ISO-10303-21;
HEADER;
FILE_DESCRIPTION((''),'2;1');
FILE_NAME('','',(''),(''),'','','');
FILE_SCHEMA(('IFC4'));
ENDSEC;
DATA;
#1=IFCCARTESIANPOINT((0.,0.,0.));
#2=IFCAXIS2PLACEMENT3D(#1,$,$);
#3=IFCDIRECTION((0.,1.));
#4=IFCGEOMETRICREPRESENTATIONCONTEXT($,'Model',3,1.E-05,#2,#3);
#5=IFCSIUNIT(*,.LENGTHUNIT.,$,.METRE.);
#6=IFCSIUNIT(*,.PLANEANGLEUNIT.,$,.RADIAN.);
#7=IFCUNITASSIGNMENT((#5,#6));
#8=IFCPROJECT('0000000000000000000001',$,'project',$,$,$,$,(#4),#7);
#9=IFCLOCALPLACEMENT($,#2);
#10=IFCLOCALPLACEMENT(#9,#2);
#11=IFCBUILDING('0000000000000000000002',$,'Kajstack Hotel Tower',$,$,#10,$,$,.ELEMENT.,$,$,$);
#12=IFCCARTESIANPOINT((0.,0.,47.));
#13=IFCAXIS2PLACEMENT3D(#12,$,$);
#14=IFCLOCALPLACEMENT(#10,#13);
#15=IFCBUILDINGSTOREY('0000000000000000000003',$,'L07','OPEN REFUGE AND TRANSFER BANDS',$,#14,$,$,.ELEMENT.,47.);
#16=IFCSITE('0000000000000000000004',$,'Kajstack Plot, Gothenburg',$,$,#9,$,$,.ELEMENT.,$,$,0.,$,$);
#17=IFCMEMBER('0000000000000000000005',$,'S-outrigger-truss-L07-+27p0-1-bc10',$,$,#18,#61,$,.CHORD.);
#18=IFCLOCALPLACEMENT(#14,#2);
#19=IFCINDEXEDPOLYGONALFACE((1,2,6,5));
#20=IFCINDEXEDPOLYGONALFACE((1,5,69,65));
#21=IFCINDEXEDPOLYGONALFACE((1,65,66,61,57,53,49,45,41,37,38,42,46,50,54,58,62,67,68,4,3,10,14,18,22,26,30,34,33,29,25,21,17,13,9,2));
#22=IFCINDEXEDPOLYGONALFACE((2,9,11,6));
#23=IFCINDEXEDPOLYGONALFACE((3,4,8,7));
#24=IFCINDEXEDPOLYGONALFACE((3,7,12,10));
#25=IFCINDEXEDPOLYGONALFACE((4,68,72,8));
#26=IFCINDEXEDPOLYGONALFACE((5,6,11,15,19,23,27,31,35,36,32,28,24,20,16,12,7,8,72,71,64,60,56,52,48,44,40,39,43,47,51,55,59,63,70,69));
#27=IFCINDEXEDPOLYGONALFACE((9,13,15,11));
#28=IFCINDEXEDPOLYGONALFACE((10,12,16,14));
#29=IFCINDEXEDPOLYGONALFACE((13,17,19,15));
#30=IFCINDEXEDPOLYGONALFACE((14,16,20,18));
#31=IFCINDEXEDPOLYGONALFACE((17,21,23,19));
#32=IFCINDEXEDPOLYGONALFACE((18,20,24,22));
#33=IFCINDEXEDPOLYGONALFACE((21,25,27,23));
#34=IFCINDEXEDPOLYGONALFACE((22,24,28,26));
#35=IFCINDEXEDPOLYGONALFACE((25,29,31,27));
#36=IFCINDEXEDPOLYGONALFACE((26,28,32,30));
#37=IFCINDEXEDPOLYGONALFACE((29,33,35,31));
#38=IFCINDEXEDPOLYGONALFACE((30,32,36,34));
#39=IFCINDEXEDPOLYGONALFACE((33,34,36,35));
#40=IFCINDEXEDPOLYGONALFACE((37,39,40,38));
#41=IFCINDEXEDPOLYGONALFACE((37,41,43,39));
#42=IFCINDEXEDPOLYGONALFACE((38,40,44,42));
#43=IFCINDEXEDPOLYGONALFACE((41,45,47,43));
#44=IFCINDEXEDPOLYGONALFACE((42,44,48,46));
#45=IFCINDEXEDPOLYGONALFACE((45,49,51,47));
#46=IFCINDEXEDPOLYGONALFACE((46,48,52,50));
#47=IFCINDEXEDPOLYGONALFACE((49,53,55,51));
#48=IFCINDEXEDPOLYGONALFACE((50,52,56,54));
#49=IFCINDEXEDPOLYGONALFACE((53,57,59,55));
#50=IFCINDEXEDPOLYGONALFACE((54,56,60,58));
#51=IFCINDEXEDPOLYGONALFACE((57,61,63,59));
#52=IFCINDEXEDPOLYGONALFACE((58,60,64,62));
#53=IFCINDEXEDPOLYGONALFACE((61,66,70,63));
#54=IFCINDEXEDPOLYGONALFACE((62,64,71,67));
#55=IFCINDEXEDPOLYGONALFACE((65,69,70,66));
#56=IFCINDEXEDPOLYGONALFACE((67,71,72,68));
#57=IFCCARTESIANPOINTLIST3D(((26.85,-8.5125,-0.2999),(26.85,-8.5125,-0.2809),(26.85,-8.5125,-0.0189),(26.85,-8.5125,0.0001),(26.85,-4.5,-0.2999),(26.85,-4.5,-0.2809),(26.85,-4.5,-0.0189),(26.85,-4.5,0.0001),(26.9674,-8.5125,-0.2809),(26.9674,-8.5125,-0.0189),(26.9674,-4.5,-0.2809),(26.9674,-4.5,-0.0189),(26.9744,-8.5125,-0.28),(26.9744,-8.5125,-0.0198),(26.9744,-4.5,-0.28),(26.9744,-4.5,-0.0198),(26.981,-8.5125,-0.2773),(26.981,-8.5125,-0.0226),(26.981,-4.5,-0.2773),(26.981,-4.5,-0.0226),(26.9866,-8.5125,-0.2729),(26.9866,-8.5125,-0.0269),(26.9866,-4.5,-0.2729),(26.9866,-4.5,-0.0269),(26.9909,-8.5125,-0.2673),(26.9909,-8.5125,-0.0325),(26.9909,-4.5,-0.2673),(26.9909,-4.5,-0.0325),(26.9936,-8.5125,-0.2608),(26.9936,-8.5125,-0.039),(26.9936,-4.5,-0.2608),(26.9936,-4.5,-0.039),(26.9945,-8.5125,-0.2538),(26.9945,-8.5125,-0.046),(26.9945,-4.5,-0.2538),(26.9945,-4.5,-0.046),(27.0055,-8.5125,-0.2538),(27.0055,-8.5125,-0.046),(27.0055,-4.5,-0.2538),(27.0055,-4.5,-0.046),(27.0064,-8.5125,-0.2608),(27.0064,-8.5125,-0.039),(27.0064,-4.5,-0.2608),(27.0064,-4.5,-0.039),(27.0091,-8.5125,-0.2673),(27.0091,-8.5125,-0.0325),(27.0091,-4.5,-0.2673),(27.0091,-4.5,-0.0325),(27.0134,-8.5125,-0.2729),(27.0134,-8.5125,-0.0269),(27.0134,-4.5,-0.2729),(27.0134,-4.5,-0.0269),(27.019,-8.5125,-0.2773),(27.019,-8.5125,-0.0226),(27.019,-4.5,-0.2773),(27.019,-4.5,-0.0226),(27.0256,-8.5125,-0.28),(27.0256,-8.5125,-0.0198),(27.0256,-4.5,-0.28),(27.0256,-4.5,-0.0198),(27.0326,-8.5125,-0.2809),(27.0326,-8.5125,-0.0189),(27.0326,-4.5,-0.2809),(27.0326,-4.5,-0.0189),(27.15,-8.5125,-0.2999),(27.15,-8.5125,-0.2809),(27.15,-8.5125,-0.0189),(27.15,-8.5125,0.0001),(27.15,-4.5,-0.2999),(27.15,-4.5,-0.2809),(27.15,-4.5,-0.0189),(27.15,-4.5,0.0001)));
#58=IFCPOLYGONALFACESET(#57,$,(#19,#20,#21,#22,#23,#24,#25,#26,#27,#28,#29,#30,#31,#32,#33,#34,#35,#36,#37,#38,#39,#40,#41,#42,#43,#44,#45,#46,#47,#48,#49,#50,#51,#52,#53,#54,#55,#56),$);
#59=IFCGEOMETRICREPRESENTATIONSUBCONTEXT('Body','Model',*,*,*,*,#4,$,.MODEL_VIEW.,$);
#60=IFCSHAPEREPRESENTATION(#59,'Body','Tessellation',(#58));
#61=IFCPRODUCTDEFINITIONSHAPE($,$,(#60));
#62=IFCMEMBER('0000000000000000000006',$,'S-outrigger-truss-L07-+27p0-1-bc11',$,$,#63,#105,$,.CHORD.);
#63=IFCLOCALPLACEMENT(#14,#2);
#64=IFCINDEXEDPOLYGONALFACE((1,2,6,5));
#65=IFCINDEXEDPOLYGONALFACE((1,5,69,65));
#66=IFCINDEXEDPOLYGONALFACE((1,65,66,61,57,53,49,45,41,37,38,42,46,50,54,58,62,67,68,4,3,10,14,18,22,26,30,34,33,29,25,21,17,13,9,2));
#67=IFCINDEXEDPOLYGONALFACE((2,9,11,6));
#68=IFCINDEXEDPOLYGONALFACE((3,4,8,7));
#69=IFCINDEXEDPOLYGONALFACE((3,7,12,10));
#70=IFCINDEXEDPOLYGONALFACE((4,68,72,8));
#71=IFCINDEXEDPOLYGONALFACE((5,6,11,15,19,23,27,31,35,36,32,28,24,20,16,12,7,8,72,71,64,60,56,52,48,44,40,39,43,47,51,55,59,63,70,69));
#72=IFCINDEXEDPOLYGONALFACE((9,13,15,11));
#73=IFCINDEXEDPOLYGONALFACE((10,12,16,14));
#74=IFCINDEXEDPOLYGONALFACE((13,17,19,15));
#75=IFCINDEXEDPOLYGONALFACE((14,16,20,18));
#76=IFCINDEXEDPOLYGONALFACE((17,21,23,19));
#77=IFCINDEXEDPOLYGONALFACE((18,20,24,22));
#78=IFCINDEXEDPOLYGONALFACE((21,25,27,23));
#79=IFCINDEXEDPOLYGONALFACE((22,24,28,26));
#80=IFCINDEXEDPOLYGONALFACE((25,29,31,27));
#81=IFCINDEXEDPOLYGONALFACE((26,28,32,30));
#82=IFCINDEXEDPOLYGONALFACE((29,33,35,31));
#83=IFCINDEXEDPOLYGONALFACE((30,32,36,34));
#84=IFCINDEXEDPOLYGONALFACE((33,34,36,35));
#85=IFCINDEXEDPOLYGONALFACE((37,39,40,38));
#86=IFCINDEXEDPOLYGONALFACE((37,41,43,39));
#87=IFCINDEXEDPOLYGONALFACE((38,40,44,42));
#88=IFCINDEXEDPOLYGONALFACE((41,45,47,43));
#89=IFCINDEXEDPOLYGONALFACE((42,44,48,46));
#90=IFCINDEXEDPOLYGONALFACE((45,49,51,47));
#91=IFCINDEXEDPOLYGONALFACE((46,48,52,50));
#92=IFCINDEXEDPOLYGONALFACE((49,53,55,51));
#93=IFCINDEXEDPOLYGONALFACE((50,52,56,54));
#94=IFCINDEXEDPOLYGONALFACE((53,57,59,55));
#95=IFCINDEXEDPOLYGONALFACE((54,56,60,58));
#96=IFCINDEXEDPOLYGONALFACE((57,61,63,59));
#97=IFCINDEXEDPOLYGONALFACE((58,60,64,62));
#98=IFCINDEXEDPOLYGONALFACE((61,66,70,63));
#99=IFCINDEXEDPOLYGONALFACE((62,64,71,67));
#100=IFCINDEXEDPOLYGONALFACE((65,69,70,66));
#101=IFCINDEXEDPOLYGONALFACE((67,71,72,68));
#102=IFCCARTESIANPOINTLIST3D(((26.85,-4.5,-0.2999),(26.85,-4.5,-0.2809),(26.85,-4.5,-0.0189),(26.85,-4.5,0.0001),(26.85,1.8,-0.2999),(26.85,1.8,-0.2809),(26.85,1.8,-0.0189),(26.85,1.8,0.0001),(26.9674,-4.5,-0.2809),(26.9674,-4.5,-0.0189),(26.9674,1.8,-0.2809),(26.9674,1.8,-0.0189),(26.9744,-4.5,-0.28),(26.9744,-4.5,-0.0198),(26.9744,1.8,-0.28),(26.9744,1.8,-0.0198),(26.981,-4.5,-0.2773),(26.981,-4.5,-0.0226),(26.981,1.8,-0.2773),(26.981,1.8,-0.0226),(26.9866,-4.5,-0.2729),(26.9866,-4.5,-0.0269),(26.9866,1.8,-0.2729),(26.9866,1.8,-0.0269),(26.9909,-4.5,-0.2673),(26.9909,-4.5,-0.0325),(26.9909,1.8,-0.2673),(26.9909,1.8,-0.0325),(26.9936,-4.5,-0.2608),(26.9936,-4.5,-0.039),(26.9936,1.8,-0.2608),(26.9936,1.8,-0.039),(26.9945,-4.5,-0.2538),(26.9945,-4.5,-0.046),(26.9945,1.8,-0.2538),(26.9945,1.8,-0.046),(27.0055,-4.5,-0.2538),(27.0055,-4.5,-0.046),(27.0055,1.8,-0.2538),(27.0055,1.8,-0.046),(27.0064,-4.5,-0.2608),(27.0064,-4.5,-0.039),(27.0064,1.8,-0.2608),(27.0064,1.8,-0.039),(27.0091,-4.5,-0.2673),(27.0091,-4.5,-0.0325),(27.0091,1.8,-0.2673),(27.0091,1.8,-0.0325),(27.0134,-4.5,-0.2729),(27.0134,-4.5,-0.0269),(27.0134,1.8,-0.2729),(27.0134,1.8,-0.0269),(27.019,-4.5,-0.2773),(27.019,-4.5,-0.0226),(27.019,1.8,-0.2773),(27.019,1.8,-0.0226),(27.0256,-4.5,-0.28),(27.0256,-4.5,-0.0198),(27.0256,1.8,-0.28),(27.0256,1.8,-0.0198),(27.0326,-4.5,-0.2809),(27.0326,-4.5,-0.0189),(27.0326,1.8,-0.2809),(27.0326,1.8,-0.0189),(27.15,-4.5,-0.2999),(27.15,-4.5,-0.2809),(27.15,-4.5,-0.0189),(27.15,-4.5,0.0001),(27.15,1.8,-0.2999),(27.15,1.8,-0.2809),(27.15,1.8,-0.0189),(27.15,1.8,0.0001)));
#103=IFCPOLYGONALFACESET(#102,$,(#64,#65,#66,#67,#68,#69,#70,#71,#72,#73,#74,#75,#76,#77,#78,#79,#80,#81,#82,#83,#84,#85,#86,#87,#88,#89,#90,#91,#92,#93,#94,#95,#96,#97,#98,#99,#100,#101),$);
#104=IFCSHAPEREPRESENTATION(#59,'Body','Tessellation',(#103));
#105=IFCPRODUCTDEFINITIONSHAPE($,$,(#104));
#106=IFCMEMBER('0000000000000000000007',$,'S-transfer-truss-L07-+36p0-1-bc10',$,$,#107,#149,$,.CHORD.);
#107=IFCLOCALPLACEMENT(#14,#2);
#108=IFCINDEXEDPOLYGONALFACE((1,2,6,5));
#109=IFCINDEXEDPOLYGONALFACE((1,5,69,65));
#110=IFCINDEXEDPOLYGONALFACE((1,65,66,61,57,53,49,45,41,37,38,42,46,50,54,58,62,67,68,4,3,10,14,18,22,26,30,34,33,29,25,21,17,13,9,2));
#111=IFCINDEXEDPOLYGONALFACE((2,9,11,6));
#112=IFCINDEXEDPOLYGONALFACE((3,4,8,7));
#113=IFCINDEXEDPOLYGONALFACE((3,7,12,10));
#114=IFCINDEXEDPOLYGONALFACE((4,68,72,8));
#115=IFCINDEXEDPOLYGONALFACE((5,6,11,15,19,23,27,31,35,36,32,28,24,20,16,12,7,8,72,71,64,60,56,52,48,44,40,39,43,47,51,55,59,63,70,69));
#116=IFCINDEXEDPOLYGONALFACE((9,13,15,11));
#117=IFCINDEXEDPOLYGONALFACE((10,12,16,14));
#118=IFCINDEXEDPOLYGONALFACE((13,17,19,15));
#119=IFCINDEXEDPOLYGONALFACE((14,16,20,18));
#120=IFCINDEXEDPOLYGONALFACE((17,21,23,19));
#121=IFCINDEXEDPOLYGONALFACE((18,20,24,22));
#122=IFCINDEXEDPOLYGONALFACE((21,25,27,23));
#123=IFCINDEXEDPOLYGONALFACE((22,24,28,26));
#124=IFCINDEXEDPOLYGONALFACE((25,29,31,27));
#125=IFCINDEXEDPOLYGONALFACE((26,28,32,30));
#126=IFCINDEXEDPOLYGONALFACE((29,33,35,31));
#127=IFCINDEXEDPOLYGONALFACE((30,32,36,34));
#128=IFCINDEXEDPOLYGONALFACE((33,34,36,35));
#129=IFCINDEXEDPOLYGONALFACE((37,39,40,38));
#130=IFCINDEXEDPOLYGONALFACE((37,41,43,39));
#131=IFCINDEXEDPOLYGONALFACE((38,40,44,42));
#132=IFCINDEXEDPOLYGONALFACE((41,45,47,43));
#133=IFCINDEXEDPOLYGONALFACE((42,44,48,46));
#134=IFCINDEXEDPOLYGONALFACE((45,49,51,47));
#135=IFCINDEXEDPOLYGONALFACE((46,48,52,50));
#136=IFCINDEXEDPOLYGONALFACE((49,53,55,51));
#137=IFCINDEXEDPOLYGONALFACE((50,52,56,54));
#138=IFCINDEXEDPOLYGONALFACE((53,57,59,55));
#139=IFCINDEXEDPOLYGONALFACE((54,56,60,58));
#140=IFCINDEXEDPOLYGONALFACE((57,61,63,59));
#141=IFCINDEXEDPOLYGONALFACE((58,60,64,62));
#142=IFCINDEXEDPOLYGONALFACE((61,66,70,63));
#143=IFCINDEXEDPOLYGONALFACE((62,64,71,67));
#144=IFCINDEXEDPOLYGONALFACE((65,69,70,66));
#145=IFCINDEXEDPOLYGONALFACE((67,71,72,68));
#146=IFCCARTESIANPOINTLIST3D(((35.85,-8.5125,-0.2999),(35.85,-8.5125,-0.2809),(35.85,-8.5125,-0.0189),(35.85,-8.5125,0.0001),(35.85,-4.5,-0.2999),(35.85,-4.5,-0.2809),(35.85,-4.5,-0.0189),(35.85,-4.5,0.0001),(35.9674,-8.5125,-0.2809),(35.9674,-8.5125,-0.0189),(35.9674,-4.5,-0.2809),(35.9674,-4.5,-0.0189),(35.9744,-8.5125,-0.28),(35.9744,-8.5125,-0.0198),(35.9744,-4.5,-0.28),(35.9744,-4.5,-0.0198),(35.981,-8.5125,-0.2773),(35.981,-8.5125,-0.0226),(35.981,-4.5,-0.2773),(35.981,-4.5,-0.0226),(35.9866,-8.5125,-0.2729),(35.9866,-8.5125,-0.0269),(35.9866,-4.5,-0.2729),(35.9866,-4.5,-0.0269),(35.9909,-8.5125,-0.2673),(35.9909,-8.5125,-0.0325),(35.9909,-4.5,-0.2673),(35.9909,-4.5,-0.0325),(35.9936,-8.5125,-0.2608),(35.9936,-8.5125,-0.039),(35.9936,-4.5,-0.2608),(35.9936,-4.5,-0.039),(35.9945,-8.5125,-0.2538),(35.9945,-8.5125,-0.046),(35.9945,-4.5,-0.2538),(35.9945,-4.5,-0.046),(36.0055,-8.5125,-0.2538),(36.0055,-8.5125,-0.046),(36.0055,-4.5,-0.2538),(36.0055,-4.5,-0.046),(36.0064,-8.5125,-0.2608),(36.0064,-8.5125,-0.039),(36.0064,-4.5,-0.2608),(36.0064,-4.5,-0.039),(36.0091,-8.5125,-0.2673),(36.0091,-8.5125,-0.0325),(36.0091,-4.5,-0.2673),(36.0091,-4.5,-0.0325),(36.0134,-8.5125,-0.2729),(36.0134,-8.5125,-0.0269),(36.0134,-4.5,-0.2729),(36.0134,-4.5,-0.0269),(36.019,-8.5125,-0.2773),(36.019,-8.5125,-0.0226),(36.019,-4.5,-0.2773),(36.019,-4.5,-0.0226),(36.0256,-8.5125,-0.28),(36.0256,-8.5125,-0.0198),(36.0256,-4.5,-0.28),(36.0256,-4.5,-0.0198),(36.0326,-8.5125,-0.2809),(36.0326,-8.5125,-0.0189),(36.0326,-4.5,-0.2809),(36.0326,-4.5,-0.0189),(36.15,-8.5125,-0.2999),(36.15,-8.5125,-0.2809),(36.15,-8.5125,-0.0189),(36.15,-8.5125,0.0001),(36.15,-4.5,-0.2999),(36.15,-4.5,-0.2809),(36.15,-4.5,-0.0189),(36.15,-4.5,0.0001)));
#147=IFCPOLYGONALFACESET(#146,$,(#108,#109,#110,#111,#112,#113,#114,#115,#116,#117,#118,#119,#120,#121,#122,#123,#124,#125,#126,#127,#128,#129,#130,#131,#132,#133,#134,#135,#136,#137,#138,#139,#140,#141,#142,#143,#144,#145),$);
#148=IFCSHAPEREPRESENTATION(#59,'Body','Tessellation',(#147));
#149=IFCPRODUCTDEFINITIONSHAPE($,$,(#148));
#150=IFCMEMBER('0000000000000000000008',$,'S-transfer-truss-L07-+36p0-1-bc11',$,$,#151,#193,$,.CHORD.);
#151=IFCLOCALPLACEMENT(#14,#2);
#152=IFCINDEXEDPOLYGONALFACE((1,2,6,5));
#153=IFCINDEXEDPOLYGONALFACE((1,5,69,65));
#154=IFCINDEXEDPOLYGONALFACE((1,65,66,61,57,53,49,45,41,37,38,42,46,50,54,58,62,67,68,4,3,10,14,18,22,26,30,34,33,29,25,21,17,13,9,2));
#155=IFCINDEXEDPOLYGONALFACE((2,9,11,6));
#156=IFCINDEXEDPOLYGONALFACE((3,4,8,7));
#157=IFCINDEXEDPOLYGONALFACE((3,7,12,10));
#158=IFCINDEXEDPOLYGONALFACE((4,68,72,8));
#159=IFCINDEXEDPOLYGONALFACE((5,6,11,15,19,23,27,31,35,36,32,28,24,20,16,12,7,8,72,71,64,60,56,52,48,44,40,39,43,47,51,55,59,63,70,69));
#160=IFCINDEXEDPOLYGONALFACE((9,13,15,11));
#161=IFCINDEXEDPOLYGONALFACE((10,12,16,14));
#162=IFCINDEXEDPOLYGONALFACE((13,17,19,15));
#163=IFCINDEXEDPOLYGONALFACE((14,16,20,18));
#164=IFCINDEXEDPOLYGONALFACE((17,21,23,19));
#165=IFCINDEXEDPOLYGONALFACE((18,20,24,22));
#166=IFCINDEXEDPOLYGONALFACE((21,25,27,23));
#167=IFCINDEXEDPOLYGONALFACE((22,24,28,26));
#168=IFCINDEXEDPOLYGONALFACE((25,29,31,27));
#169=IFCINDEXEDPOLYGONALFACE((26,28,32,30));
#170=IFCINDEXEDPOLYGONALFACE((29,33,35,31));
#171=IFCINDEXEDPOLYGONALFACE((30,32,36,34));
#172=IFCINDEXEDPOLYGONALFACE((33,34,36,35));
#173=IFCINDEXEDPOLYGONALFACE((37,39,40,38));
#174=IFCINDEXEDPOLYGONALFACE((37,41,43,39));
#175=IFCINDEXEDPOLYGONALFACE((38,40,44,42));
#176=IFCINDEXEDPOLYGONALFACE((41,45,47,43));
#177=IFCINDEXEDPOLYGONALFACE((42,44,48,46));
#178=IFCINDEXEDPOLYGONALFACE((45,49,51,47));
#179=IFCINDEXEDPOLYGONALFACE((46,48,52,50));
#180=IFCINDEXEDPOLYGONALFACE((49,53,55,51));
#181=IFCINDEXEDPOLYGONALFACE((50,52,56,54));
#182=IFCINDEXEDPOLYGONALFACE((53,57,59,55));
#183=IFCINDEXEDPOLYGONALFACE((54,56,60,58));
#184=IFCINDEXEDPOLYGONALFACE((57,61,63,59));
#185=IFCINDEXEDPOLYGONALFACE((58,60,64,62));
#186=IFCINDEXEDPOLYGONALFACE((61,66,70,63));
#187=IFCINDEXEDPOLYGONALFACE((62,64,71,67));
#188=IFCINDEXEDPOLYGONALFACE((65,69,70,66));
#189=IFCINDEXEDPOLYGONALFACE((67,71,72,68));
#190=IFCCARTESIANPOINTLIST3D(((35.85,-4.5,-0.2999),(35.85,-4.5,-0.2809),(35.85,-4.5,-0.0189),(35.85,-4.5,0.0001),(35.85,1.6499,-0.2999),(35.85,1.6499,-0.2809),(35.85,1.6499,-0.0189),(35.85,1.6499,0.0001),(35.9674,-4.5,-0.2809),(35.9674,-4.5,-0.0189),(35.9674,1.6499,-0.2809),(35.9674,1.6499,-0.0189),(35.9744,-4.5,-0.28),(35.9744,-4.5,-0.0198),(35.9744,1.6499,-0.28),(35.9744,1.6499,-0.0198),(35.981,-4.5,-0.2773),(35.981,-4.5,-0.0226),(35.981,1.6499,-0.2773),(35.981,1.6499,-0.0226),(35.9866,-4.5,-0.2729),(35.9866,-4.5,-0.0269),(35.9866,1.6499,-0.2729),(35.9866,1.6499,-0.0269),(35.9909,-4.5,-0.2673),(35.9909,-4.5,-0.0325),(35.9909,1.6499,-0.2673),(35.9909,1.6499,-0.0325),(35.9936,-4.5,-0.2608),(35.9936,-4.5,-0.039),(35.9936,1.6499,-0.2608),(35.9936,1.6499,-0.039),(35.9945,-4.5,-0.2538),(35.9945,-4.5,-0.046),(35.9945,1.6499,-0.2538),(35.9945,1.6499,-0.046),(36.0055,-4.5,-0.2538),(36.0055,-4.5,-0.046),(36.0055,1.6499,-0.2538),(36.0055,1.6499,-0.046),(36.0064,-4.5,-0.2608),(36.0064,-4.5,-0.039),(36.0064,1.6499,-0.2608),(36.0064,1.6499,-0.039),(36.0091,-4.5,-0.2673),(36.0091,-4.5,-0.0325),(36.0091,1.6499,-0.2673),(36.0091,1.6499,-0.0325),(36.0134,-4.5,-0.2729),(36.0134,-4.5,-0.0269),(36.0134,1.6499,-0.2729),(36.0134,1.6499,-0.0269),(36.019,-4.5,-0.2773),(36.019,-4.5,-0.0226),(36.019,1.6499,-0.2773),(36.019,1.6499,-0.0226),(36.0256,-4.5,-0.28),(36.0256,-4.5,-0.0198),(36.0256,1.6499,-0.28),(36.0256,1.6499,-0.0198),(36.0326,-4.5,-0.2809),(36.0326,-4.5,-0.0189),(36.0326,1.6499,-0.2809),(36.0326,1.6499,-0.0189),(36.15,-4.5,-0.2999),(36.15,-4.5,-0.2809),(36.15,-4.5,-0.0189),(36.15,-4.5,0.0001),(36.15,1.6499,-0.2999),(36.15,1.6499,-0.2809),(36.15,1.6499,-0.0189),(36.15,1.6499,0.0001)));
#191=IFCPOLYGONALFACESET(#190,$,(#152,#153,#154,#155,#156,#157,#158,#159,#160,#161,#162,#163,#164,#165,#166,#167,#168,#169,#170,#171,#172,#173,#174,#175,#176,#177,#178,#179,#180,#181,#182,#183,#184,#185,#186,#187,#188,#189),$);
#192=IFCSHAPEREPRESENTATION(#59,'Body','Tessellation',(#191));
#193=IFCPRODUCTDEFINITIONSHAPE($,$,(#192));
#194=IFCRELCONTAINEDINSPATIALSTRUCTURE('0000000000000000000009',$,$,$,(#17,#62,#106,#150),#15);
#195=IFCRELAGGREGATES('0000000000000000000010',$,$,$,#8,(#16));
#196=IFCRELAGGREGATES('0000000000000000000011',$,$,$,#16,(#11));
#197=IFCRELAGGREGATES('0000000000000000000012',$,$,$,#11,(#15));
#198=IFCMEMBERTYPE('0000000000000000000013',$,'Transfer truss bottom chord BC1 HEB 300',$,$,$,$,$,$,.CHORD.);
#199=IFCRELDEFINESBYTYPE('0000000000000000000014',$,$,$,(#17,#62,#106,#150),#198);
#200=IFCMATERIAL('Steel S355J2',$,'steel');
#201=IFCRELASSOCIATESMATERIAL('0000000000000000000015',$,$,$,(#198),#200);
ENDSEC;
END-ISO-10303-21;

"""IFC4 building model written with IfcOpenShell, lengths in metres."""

from ifc_helpers import new_model, si_unit, direction, frame, origin, origin_2d, place, context, subcontext, project, spatial, i_section, extrude, material, material_profile, profile_set, type_object, element, save


model = new_model("IFC4")

# Units and contexts
model_context = context("Model", 3, precision=1e-05, world=origin(), true_north=direction((0.0, 1.0)))
body_context = subcontext(model_context, "Body", "Model", "MODEL_VIEW")
ifc_project = project(units=[si_unit("LENGTHUNIT", "METRE"), si_unit("PLANEANGLEUNIT", "RADIAN")], contexts=[model_context])

# Site, building, storey
site_placement = place(None, origin())
site = spatial("IfcSite", under=ifc_project, at=site_placement, Name="Kajstack Plot, Gothenburg", CompositionType="ELEMENT", RefElevation=0.0)
building_placement = place(site_placement, origin())
building = spatial("IfcBuilding", under=site, at=building_placement, Name="Kajstack Hotel Tower", CompositionType="ELEMENT")
storey_placement = place(building_placement, frame((0.0, 0.0, 47.0)))
storey = spatial("IfcBuildingStorey", under=building, at=storey_placement, Name="L07", Description="OPEN REFUGE AND TRANSFER BANDS", CompositionType="ELEMENT", Elevation=47.0)

# Members
ifc_material = material(Name="Steel S355J2", Category="steel")
ifc_material_profile_1 = material_profile(ifc_material, i_section(OverallWidth=0.3, OverallDepth=0.3, WebThickness=0.011, FlangeThickness=0.019, FilletRadius=0.0271, at=origin_2d()), Name="HEB 300")
ifc_profile_set_1 = profile_set([ifc_material_profile_1], Name="Steel S355J2")
member_type_1 = type_object("IfcMemberType", Name="Transfer truss bottom chord BC1 HEB 300", PredefinedType="CHORD", material=ifc_profile_set_1)
member_1_placement = place(storey_placement, frame((27.0, -8.5125, -0.1499), z_axis=(0.0, 1.0, 0.0), x_axis=(-1.0, 0.0, 0.0)))
element("IfcMember", 1, at=member_1_placement, inside=storey, type_object=member_type_1, Name="S-outrigger-truss-L07-+27p0-1-bc10", PredefinedType="CHORD", context=body_context, shape_type="SweptSolid", body=[
    extrude(i_section(OverallWidth=0.3, OverallDepth=0.3, WebThickness=0.011, FlangeThickness=0.019, FilletRadius=0.0271, at=origin_2d()), origin(), (0.0, 0.0, 1.0), 4.0125),
])
member_2_placement = place(storey_placement, frame((27.0, -4.5, -0.1499), z_axis=(0.0, 1.0, 0.0), x_axis=(-1.0, 0.0, 0.0)))
element("IfcMember", 2, at=member_2_placement, inside=storey, type_object=member_type_1, Name="S-outrigger-truss-L07-+27p0-1-bc11", PredefinedType="CHORD", context=body_context, shape_type="SweptSolid", body=[
    extrude(i_section(OverallWidth=0.3, OverallDepth=0.3, WebThickness=0.011, FlangeThickness=0.019, FilletRadius=0.0271, at=origin_2d()), origin(), (0.0, 0.0, 1.0), 6.3),
])
member_3_placement = place(storey_placement, frame((36.0, -8.5125, -0.1499), z_axis=(0.0, 1.0, 0.0), x_axis=(-1.0, 0.0, 0.0)))
element("IfcMember", 3, at=member_3_placement, inside=storey, type_object=member_type_1, Name="S-transfer-truss-L07-+36p0-1-bc10", PredefinedType="CHORD", context=body_context, shape_type="SweptSolid", body=[
    extrude(i_section(OverallWidth=0.3, OverallDepth=0.3, WebThickness=0.011, FlangeThickness=0.019, FilletRadius=0.0271, at=origin_2d()), origin(), (0.0, 0.0, 1.0), 4.0125),
])
member_4_placement = place(storey_placement, frame((36.0, -4.5, -0.1499), z_axis=(0.0, 1.0, 0.0), x_axis=(-1.0, 0.0, 0.0)))
element("IfcMember", 4, at=member_4_placement, inside=storey, type_object=member_type_1, Name="S-transfer-truss-L07-+36p0-1-bc11", PredefinedType="CHORD", context=body_context, shape_type="SweptSolid", body=[
    extrude(i_section(OverallWidth=0.3, OverallDepth=0.3, WebThickness=0.011, FlangeThickness=0.019, FilletRadius=0.0271, at=origin_2d()), origin(), (0.0, 0.0, 1.0), 6.1499),
])

save(model, "model.ifc")
